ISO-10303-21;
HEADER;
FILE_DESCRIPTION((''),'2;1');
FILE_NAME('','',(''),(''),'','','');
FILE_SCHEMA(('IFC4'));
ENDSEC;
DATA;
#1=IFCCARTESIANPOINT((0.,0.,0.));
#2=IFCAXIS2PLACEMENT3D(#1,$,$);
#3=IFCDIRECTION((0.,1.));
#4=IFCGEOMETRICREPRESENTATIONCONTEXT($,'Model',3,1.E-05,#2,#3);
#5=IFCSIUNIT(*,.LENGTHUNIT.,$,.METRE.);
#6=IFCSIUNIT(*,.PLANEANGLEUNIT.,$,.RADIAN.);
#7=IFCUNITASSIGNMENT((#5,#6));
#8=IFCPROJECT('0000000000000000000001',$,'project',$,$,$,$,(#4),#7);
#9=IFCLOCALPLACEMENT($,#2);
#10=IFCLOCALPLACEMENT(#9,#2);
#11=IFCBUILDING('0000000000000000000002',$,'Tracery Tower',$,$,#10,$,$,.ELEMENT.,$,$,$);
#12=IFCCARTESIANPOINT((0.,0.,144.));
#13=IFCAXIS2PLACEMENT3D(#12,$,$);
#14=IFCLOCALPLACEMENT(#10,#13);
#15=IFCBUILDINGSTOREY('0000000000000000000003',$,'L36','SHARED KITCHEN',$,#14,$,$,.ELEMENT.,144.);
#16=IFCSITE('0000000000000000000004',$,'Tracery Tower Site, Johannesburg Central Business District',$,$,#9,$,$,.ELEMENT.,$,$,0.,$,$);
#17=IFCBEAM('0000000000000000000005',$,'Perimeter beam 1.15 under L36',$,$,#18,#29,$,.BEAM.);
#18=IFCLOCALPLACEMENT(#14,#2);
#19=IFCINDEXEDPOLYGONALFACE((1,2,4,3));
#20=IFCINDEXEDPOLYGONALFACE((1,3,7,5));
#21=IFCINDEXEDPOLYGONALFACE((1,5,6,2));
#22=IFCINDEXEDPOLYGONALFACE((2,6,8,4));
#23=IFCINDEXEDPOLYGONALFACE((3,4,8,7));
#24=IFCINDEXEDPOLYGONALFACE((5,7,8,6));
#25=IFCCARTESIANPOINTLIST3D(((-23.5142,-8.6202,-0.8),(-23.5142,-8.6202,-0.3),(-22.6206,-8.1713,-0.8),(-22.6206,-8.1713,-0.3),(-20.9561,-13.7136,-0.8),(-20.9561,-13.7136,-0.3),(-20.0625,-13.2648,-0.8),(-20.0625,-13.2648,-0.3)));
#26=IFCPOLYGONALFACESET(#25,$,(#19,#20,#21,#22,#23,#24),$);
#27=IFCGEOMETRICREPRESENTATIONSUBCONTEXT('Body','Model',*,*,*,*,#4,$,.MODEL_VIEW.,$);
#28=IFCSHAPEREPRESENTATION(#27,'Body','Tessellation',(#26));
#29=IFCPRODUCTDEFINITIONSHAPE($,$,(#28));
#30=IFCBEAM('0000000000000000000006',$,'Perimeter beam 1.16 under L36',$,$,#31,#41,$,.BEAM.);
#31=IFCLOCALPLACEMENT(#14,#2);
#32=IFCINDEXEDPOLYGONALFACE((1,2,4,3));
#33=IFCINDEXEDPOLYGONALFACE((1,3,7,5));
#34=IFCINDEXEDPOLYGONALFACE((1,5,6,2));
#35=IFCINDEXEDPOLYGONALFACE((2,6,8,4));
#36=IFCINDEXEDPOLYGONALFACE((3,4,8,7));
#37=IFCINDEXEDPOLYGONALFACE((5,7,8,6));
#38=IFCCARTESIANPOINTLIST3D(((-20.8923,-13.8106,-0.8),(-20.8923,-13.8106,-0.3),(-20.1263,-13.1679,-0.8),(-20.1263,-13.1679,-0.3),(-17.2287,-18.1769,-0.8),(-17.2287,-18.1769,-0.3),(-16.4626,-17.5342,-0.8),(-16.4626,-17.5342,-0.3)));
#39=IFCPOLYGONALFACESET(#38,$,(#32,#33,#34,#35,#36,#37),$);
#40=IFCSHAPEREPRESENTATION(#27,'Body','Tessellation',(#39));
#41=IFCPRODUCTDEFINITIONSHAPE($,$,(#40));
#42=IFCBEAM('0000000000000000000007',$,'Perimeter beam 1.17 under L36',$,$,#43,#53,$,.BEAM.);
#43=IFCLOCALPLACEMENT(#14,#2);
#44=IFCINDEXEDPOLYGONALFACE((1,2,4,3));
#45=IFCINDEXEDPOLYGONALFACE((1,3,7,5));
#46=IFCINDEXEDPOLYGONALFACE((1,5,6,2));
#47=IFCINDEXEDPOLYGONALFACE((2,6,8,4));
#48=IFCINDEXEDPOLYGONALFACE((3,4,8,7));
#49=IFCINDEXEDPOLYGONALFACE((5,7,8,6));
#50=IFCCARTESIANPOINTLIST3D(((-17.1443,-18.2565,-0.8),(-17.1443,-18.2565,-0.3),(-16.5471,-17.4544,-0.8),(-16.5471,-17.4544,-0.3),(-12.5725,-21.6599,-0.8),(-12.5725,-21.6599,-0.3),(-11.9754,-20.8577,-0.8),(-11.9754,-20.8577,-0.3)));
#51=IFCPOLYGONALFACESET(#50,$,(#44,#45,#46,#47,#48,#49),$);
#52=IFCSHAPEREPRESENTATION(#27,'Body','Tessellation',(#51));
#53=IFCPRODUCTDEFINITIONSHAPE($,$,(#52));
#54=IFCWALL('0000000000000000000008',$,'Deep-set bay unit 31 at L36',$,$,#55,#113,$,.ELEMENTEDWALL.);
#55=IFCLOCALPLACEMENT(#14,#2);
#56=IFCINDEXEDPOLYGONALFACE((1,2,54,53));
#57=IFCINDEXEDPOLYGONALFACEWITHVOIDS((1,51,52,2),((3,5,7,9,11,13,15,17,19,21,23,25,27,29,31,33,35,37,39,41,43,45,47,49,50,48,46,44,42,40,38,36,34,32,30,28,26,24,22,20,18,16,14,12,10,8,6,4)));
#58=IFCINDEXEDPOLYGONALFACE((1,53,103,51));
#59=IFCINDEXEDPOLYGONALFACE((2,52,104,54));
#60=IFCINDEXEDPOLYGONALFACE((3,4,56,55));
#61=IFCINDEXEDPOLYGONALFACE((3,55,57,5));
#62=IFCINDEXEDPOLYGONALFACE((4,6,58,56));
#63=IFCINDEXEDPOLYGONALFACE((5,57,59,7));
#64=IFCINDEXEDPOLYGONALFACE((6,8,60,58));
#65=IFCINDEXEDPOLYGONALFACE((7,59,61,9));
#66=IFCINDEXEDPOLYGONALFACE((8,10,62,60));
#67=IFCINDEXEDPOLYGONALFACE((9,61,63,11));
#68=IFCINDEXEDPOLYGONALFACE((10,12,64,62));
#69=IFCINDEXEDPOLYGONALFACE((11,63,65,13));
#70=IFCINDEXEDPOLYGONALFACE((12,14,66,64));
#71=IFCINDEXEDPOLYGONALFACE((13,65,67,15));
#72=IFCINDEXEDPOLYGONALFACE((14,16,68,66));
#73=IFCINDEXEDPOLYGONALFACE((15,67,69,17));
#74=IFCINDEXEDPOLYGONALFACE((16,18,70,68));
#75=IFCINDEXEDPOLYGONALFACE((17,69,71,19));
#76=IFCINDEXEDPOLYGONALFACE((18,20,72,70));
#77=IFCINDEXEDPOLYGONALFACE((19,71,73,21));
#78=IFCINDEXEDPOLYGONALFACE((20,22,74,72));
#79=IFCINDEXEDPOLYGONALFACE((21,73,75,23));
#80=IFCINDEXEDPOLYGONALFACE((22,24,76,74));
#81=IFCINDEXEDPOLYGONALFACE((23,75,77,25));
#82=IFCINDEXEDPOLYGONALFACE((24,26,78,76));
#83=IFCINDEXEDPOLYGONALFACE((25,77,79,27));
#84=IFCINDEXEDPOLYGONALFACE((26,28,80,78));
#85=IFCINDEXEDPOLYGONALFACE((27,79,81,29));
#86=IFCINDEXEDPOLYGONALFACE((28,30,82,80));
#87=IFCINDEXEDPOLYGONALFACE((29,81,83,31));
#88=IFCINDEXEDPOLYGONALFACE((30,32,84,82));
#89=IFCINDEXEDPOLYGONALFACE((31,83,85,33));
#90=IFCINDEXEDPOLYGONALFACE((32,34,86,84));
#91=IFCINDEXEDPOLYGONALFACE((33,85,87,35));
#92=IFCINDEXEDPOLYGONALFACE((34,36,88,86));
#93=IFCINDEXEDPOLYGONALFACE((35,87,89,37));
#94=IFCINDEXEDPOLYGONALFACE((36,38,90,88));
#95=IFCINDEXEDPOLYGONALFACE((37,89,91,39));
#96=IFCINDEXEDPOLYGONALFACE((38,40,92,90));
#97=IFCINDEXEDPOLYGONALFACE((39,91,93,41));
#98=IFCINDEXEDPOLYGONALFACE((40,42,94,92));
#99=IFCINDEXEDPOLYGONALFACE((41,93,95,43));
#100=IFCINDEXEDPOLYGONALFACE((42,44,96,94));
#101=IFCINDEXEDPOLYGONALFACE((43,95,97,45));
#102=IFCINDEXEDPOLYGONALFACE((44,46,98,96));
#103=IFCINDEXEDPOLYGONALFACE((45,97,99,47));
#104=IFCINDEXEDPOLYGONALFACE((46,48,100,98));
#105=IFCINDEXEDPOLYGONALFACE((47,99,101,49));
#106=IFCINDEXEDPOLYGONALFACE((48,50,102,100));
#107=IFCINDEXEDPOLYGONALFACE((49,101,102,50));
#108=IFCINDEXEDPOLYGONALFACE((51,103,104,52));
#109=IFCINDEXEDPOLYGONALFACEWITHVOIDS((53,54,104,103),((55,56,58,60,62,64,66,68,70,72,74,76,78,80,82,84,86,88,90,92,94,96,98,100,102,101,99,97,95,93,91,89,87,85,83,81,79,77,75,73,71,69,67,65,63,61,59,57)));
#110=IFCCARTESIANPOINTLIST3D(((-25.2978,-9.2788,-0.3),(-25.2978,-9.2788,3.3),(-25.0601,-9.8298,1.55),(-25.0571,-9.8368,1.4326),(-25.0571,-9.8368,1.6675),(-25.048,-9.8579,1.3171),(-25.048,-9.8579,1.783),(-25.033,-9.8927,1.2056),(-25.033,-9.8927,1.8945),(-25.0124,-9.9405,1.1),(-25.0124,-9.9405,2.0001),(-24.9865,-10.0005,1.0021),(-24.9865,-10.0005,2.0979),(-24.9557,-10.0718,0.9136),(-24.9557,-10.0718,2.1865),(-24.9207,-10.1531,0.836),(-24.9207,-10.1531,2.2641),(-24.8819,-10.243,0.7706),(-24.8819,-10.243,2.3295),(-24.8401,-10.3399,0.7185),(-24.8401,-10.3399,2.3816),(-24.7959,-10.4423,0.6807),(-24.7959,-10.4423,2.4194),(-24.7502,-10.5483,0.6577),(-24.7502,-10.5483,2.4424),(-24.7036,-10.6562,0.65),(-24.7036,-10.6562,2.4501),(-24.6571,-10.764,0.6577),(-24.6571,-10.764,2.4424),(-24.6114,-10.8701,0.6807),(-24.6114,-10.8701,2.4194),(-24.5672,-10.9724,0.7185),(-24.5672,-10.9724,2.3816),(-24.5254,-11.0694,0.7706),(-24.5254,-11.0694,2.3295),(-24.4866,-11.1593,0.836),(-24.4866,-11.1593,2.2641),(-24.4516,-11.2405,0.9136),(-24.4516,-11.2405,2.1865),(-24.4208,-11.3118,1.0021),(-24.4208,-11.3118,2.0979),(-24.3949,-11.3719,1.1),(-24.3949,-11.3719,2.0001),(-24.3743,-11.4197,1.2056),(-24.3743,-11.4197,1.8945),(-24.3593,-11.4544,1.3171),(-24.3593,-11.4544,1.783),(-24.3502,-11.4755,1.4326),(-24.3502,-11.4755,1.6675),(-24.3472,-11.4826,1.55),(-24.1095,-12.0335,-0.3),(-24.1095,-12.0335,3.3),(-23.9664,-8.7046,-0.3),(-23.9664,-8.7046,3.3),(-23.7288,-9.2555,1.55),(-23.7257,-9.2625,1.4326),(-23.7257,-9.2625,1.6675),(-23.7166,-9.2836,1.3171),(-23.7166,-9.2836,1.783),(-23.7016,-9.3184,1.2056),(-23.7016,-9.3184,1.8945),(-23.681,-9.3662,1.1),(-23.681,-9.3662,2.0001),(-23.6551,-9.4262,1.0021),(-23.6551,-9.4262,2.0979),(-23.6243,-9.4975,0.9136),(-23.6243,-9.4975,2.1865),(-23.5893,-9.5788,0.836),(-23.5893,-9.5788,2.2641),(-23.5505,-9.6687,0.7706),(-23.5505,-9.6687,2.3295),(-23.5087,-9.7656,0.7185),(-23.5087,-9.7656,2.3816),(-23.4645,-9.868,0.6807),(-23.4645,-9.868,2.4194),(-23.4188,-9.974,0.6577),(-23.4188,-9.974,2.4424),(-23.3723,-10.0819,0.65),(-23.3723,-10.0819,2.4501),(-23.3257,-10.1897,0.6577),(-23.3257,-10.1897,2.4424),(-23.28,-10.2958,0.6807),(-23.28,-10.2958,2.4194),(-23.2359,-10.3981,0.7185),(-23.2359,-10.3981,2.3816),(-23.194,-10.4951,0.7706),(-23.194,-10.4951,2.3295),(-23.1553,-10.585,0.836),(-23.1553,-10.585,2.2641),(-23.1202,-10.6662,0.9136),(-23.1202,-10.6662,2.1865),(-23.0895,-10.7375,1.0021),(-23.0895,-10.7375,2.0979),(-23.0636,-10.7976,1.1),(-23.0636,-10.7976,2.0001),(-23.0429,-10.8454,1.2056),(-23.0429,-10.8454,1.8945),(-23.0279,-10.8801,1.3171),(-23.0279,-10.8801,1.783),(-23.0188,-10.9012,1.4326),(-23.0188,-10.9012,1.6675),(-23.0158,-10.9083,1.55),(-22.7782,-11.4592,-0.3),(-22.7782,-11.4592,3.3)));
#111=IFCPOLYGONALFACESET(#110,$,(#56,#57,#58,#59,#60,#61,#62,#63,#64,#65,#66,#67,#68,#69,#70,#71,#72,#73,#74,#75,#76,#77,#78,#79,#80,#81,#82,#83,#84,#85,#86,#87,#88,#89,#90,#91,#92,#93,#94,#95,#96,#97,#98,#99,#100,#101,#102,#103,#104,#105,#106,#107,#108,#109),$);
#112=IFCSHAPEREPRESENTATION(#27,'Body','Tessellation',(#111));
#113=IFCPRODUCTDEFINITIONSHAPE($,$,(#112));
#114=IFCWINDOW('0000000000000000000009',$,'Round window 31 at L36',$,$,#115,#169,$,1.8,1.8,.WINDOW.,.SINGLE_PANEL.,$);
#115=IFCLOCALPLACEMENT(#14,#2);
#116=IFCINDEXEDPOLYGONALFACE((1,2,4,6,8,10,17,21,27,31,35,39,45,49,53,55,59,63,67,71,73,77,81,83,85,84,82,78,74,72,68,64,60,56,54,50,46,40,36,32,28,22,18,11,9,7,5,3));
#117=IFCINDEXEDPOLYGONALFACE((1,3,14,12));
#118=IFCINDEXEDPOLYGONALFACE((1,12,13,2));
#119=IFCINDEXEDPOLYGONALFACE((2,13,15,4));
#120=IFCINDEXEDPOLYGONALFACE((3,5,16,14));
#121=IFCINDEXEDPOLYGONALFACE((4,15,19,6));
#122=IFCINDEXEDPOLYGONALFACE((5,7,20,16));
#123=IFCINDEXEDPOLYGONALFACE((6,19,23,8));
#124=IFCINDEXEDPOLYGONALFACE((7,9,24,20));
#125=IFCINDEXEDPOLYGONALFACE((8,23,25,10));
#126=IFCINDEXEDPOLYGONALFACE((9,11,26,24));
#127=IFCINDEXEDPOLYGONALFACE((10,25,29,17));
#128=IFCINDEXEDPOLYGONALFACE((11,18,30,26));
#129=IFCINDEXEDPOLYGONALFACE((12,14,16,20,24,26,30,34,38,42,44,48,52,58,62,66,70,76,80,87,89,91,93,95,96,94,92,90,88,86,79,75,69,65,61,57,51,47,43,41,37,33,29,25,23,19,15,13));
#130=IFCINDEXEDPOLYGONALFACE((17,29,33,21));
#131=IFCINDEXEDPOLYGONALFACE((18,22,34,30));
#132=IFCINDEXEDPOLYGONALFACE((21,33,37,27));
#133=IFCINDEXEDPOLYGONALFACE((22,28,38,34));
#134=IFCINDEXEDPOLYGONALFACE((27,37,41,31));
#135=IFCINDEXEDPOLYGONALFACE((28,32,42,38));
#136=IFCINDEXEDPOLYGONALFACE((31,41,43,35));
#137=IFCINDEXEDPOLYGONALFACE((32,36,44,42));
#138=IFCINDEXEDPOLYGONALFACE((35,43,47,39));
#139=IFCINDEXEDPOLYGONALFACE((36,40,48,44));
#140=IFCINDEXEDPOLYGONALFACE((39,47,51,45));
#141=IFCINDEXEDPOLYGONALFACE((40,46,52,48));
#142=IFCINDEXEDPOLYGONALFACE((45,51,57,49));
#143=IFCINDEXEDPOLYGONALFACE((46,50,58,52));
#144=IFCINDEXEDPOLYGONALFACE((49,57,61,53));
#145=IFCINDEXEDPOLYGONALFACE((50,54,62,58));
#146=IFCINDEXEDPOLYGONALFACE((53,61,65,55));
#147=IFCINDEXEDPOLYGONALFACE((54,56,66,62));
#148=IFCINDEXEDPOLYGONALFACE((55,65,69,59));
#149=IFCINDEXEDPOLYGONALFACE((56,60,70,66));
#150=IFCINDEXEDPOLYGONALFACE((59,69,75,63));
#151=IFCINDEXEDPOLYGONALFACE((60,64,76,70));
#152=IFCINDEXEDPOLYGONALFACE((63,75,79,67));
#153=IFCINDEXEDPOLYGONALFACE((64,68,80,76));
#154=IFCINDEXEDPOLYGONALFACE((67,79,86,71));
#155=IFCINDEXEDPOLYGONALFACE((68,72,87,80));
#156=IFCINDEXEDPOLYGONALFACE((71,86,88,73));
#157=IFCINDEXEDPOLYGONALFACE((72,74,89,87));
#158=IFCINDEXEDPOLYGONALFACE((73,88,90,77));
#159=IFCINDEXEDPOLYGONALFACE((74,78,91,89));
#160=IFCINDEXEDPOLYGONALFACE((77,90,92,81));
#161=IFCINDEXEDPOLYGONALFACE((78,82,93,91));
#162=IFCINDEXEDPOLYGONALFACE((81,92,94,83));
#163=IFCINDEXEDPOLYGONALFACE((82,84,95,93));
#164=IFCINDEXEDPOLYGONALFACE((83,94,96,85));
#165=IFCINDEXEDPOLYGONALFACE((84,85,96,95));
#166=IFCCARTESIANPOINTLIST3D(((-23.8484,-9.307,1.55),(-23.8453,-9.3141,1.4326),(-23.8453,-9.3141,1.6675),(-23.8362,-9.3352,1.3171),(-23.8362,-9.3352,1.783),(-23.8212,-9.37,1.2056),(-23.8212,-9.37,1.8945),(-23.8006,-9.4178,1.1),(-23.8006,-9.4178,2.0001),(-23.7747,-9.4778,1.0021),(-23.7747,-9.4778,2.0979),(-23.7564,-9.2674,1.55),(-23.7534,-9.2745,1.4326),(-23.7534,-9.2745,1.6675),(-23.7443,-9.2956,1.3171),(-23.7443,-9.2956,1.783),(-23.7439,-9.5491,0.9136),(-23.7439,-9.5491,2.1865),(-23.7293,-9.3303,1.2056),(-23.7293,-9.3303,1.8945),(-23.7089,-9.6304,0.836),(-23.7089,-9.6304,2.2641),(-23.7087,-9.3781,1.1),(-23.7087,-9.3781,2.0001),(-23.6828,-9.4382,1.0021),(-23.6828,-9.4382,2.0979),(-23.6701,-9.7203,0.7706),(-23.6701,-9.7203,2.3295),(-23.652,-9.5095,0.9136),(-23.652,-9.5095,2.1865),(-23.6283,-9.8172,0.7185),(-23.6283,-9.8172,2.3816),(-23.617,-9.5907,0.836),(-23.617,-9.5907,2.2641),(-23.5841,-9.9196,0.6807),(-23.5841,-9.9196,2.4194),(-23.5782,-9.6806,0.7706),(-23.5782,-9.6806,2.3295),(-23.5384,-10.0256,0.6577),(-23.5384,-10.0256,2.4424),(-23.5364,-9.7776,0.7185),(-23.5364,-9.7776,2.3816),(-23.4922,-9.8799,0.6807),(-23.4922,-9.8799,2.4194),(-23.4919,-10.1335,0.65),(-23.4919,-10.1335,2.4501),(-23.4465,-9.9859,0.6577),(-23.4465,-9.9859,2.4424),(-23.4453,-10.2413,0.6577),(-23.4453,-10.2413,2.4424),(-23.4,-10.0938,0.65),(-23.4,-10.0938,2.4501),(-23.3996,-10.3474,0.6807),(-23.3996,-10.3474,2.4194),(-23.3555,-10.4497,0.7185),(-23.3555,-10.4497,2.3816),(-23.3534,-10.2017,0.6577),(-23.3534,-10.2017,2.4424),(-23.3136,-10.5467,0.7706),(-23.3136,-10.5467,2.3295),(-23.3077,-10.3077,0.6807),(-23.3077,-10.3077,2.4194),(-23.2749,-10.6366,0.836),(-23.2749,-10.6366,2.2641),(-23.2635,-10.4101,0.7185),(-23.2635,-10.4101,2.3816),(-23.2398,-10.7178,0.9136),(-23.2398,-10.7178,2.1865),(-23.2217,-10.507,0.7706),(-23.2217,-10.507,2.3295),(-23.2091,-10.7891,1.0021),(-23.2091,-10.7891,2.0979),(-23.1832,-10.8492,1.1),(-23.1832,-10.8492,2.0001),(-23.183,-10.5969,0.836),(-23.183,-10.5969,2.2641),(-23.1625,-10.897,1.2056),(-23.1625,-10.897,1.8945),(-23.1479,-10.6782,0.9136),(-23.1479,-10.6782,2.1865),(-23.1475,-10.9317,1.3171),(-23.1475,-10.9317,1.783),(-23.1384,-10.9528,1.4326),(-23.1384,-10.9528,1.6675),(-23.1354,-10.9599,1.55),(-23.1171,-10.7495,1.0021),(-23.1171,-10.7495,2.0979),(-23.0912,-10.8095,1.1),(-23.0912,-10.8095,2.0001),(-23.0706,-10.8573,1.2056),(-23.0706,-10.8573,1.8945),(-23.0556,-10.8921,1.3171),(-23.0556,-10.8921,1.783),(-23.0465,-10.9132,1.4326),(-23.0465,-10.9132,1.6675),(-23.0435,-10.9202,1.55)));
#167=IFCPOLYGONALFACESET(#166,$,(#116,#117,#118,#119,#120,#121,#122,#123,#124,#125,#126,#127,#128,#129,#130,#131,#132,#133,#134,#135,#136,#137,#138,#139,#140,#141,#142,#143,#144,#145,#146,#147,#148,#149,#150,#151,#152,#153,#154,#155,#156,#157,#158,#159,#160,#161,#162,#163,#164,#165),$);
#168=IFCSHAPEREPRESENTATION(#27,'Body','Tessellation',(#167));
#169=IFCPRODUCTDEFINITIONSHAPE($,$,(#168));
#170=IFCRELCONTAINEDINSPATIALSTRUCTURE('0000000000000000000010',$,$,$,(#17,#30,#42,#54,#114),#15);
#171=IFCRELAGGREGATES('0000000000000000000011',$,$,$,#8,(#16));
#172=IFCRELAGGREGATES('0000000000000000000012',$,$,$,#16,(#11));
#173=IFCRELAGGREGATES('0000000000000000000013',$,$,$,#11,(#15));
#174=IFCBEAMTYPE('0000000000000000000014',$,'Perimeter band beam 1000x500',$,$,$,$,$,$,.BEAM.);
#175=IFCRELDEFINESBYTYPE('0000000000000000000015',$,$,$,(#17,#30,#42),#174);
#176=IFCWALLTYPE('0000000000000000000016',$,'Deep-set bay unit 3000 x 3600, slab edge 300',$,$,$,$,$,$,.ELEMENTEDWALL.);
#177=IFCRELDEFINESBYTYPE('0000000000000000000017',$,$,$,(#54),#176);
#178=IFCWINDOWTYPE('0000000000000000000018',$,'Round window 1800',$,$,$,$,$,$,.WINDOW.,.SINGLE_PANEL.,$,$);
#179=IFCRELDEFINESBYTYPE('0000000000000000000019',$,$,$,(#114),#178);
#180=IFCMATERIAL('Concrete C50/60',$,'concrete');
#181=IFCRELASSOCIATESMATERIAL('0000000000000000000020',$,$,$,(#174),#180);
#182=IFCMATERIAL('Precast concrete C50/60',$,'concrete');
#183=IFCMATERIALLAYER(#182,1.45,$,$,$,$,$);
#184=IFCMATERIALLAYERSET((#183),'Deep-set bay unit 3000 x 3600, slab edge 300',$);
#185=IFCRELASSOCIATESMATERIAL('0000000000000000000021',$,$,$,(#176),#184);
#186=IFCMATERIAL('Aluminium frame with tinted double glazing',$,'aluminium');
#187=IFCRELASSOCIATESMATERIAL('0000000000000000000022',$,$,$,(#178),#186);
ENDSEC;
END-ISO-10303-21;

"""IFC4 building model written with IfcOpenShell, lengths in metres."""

from ifc_helpers import new_model, si_unit, direction, frame, frame_2d, origin, origin_2d, place, context, subcontext, project, spatial, rectangle, circle, extrude, material, layer, layer_set, material_profile, profile_set, type_object, element, fill, save


model = new_model("IFC4")

# Units and contexts
model_context = context("Model", 3, precision=1e-05, world=origin(), true_north=direction((0.0, 1.0)))
body_context = subcontext(model_context, "Body", "Model", "MODEL_VIEW")
ifc_project = project(units=[si_unit("LENGTHUNIT", "METRE"), si_unit("PLANEANGLEUNIT", "RADIAN")], contexts=[model_context])

# Site, building, storey
site_placement = place(None, origin())
site = spatial("IfcSite", under=ifc_project, at=site_placement, Name="Tracery Tower Site, Johannesburg Central Business District", CompositionType="ELEMENT", RefElevation=0.0)
building_placement = place(site_placement, origin())
building = spatial("IfcBuilding", under=site, at=building_placement, Name="Tracery Tower", CompositionType="ELEMENT")
storey_placement = place(building_placement, frame((0.0, 0.0, 144.0)))
storey = spatial("IfcBuildingStorey", under=building, at=storey_placement, Name="L36", Description="SHARED KITCHEN", CompositionType="ELEMENT", Elevation=144.0)

# Beams
ifc_material_1 = material(Name="Concrete C50/60", Category="concrete")
ifc_material_profile_1 = material_profile(ifc_material_1, rectangle(XDim=1.0, YDim=0.5, at=origin_2d()), Name="RC 1000x500")
ifc_profile_set_1 = profile_set([ifc_material_profile_1], Name="Concrete C50/60")
beam_type = type_object("IfcBeamType", Name="Perimeter band beam 1000x500", PredefinedType="BEAM", material=ifc_profile_set_1)
for number, where, z_axis, x_axis, name in (
    (1, (-23.0674, -8.3958, -0.55), (0.448806, -0.893629, 0.0), (0.893629, 0.448806, 0.0), "Perimeter beam 1.15 under L36"),
    (2, (-20.5093, -13.4893, -0.55), (0.642776, -0.766054, 0.0), (0.766054, 0.642776, 0.0), "Perimeter beam 1.16 under L36"),
):
    element("IfcBeam", number, at=place(storey_placement, frame(where, z_axis=z_axis, x_axis=x_axis)), inside=storey, type_object=beam_type, Name=name, PredefinedType="BEAM", context=body_context, shape_type="SweptSolid", body=[
        extrude(rectangle(XDim=1.0, YDim=0.5, at=origin_2d()), origin(), (0.0, 0.0, 1.0), 5.6997),
    ])
beam_placement = place(storey_placement, frame((-16.8457, -17.8555, -0.55), z_axis=(0.802144, -0.597131, 0.0), x_axis=(0.597131, 0.802144, 0.0)))
element("IfcBeam", 3, at=beam_placement, inside=storey, type_object=beam_type, Name="Perimeter beam 1.17 under L36", PredefinedType="BEAM", context=body_context, shape_type="SweptSolid", body=[
    extrude(rectangle(XDim=1.0, YDim=0.5, at=origin_2d()), origin(), (0.0, 0.0, 1.0), 5.6995),
])

# Wall, opening, window
ifc_material_2 = material(Name="Precast concrete C50/60", Category="concrete")
ifc_layer_1 = layer(ifc_material_2, 1.45)
ifc_layer_set_1 = layer_set([ifc_layer_1], Name="Deep-set bay unit 3000 x 3600, slab edge 300")
wall_type_1 = type_object("IfcWallType", Name="Deep-set bay unit 3000 x 3600, slab edge 300", PredefinedType="ELEMENTEDWALL", material=ifc_layer_set_1)
wall_1_placement = place(storey_placement, frame((-24.6321, -8.9917, -0.3), z_axis=(0.0, 0.0, 1.0), x_axis=(0.396079, -0.918216, 0.0)))
wall_1 = element("IfcWall", 4, at=wall_1_placement, inside=storey, type_object=wall_type_1, Name="Deep-set bay unit 31 at L36", PredefinedType="ELEMENTEDWALL", context=body_context, shape_type="SweptSolid", body=[
    extrude(rectangle(XDim=3.0, YDim=1.45, at=frame_2d((1.5, 0.0))), origin(), (0.0, 0.0, 1.0), 3.6001),
])
opening_1_placement = place(wall_1_placement, frame((1.5, 0.0, 1.8501)))
opening_1 = element("IfcOpeningElement", 5, at=opening_1_placement, cuts=wall_1, PredefinedType="OPENING", context=body_context, shape_type="SweptSolid", body=[
    extrude(circle(Radius=0.9, at=origin_2d()), frame((0.0, 0.7349, 0.0), z_axis=(0.0, -1.0, 0.0), x_axis=(1.0, 0.0, 0.0)), (0.0, 0.0, 1.0), 1.47),
])
ifc_material_3 = material(Name="Aluminium frame with tinted double glazing", Category="aluminium")
window_type = type_object("IfcWindowType", Name="Round window 1800", PartitioningType="SINGLE_PANEL", PredefinedType="WINDOW", material=ifc_material_3)
window_1_placement = place(opening_1_placement, origin())
window_1 = element("IfcWindow", 6, at=window_1_placement, inside=storey, type_object=window_type, Name="Round window 31 at L36", OverallHeight=1.8, OverallWidth=1.8, PartitioningType="SINGLE_PANEL", PredefinedType="WINDOW", context=body_context, shape_type="SweptSolid", body=[
    extrude(circle(Radius=0.9, at=origin_2d()), frame((0.0, 0.6948, 0.0), z_axis=(0.0, -1.0, 0.0), x_axis=(1.0, 0.0, 0.0)), (0.0, 0.0, 1.0), 0.1001),
])
fill(opening_1, window_1)

save(model, "model.ifc")
